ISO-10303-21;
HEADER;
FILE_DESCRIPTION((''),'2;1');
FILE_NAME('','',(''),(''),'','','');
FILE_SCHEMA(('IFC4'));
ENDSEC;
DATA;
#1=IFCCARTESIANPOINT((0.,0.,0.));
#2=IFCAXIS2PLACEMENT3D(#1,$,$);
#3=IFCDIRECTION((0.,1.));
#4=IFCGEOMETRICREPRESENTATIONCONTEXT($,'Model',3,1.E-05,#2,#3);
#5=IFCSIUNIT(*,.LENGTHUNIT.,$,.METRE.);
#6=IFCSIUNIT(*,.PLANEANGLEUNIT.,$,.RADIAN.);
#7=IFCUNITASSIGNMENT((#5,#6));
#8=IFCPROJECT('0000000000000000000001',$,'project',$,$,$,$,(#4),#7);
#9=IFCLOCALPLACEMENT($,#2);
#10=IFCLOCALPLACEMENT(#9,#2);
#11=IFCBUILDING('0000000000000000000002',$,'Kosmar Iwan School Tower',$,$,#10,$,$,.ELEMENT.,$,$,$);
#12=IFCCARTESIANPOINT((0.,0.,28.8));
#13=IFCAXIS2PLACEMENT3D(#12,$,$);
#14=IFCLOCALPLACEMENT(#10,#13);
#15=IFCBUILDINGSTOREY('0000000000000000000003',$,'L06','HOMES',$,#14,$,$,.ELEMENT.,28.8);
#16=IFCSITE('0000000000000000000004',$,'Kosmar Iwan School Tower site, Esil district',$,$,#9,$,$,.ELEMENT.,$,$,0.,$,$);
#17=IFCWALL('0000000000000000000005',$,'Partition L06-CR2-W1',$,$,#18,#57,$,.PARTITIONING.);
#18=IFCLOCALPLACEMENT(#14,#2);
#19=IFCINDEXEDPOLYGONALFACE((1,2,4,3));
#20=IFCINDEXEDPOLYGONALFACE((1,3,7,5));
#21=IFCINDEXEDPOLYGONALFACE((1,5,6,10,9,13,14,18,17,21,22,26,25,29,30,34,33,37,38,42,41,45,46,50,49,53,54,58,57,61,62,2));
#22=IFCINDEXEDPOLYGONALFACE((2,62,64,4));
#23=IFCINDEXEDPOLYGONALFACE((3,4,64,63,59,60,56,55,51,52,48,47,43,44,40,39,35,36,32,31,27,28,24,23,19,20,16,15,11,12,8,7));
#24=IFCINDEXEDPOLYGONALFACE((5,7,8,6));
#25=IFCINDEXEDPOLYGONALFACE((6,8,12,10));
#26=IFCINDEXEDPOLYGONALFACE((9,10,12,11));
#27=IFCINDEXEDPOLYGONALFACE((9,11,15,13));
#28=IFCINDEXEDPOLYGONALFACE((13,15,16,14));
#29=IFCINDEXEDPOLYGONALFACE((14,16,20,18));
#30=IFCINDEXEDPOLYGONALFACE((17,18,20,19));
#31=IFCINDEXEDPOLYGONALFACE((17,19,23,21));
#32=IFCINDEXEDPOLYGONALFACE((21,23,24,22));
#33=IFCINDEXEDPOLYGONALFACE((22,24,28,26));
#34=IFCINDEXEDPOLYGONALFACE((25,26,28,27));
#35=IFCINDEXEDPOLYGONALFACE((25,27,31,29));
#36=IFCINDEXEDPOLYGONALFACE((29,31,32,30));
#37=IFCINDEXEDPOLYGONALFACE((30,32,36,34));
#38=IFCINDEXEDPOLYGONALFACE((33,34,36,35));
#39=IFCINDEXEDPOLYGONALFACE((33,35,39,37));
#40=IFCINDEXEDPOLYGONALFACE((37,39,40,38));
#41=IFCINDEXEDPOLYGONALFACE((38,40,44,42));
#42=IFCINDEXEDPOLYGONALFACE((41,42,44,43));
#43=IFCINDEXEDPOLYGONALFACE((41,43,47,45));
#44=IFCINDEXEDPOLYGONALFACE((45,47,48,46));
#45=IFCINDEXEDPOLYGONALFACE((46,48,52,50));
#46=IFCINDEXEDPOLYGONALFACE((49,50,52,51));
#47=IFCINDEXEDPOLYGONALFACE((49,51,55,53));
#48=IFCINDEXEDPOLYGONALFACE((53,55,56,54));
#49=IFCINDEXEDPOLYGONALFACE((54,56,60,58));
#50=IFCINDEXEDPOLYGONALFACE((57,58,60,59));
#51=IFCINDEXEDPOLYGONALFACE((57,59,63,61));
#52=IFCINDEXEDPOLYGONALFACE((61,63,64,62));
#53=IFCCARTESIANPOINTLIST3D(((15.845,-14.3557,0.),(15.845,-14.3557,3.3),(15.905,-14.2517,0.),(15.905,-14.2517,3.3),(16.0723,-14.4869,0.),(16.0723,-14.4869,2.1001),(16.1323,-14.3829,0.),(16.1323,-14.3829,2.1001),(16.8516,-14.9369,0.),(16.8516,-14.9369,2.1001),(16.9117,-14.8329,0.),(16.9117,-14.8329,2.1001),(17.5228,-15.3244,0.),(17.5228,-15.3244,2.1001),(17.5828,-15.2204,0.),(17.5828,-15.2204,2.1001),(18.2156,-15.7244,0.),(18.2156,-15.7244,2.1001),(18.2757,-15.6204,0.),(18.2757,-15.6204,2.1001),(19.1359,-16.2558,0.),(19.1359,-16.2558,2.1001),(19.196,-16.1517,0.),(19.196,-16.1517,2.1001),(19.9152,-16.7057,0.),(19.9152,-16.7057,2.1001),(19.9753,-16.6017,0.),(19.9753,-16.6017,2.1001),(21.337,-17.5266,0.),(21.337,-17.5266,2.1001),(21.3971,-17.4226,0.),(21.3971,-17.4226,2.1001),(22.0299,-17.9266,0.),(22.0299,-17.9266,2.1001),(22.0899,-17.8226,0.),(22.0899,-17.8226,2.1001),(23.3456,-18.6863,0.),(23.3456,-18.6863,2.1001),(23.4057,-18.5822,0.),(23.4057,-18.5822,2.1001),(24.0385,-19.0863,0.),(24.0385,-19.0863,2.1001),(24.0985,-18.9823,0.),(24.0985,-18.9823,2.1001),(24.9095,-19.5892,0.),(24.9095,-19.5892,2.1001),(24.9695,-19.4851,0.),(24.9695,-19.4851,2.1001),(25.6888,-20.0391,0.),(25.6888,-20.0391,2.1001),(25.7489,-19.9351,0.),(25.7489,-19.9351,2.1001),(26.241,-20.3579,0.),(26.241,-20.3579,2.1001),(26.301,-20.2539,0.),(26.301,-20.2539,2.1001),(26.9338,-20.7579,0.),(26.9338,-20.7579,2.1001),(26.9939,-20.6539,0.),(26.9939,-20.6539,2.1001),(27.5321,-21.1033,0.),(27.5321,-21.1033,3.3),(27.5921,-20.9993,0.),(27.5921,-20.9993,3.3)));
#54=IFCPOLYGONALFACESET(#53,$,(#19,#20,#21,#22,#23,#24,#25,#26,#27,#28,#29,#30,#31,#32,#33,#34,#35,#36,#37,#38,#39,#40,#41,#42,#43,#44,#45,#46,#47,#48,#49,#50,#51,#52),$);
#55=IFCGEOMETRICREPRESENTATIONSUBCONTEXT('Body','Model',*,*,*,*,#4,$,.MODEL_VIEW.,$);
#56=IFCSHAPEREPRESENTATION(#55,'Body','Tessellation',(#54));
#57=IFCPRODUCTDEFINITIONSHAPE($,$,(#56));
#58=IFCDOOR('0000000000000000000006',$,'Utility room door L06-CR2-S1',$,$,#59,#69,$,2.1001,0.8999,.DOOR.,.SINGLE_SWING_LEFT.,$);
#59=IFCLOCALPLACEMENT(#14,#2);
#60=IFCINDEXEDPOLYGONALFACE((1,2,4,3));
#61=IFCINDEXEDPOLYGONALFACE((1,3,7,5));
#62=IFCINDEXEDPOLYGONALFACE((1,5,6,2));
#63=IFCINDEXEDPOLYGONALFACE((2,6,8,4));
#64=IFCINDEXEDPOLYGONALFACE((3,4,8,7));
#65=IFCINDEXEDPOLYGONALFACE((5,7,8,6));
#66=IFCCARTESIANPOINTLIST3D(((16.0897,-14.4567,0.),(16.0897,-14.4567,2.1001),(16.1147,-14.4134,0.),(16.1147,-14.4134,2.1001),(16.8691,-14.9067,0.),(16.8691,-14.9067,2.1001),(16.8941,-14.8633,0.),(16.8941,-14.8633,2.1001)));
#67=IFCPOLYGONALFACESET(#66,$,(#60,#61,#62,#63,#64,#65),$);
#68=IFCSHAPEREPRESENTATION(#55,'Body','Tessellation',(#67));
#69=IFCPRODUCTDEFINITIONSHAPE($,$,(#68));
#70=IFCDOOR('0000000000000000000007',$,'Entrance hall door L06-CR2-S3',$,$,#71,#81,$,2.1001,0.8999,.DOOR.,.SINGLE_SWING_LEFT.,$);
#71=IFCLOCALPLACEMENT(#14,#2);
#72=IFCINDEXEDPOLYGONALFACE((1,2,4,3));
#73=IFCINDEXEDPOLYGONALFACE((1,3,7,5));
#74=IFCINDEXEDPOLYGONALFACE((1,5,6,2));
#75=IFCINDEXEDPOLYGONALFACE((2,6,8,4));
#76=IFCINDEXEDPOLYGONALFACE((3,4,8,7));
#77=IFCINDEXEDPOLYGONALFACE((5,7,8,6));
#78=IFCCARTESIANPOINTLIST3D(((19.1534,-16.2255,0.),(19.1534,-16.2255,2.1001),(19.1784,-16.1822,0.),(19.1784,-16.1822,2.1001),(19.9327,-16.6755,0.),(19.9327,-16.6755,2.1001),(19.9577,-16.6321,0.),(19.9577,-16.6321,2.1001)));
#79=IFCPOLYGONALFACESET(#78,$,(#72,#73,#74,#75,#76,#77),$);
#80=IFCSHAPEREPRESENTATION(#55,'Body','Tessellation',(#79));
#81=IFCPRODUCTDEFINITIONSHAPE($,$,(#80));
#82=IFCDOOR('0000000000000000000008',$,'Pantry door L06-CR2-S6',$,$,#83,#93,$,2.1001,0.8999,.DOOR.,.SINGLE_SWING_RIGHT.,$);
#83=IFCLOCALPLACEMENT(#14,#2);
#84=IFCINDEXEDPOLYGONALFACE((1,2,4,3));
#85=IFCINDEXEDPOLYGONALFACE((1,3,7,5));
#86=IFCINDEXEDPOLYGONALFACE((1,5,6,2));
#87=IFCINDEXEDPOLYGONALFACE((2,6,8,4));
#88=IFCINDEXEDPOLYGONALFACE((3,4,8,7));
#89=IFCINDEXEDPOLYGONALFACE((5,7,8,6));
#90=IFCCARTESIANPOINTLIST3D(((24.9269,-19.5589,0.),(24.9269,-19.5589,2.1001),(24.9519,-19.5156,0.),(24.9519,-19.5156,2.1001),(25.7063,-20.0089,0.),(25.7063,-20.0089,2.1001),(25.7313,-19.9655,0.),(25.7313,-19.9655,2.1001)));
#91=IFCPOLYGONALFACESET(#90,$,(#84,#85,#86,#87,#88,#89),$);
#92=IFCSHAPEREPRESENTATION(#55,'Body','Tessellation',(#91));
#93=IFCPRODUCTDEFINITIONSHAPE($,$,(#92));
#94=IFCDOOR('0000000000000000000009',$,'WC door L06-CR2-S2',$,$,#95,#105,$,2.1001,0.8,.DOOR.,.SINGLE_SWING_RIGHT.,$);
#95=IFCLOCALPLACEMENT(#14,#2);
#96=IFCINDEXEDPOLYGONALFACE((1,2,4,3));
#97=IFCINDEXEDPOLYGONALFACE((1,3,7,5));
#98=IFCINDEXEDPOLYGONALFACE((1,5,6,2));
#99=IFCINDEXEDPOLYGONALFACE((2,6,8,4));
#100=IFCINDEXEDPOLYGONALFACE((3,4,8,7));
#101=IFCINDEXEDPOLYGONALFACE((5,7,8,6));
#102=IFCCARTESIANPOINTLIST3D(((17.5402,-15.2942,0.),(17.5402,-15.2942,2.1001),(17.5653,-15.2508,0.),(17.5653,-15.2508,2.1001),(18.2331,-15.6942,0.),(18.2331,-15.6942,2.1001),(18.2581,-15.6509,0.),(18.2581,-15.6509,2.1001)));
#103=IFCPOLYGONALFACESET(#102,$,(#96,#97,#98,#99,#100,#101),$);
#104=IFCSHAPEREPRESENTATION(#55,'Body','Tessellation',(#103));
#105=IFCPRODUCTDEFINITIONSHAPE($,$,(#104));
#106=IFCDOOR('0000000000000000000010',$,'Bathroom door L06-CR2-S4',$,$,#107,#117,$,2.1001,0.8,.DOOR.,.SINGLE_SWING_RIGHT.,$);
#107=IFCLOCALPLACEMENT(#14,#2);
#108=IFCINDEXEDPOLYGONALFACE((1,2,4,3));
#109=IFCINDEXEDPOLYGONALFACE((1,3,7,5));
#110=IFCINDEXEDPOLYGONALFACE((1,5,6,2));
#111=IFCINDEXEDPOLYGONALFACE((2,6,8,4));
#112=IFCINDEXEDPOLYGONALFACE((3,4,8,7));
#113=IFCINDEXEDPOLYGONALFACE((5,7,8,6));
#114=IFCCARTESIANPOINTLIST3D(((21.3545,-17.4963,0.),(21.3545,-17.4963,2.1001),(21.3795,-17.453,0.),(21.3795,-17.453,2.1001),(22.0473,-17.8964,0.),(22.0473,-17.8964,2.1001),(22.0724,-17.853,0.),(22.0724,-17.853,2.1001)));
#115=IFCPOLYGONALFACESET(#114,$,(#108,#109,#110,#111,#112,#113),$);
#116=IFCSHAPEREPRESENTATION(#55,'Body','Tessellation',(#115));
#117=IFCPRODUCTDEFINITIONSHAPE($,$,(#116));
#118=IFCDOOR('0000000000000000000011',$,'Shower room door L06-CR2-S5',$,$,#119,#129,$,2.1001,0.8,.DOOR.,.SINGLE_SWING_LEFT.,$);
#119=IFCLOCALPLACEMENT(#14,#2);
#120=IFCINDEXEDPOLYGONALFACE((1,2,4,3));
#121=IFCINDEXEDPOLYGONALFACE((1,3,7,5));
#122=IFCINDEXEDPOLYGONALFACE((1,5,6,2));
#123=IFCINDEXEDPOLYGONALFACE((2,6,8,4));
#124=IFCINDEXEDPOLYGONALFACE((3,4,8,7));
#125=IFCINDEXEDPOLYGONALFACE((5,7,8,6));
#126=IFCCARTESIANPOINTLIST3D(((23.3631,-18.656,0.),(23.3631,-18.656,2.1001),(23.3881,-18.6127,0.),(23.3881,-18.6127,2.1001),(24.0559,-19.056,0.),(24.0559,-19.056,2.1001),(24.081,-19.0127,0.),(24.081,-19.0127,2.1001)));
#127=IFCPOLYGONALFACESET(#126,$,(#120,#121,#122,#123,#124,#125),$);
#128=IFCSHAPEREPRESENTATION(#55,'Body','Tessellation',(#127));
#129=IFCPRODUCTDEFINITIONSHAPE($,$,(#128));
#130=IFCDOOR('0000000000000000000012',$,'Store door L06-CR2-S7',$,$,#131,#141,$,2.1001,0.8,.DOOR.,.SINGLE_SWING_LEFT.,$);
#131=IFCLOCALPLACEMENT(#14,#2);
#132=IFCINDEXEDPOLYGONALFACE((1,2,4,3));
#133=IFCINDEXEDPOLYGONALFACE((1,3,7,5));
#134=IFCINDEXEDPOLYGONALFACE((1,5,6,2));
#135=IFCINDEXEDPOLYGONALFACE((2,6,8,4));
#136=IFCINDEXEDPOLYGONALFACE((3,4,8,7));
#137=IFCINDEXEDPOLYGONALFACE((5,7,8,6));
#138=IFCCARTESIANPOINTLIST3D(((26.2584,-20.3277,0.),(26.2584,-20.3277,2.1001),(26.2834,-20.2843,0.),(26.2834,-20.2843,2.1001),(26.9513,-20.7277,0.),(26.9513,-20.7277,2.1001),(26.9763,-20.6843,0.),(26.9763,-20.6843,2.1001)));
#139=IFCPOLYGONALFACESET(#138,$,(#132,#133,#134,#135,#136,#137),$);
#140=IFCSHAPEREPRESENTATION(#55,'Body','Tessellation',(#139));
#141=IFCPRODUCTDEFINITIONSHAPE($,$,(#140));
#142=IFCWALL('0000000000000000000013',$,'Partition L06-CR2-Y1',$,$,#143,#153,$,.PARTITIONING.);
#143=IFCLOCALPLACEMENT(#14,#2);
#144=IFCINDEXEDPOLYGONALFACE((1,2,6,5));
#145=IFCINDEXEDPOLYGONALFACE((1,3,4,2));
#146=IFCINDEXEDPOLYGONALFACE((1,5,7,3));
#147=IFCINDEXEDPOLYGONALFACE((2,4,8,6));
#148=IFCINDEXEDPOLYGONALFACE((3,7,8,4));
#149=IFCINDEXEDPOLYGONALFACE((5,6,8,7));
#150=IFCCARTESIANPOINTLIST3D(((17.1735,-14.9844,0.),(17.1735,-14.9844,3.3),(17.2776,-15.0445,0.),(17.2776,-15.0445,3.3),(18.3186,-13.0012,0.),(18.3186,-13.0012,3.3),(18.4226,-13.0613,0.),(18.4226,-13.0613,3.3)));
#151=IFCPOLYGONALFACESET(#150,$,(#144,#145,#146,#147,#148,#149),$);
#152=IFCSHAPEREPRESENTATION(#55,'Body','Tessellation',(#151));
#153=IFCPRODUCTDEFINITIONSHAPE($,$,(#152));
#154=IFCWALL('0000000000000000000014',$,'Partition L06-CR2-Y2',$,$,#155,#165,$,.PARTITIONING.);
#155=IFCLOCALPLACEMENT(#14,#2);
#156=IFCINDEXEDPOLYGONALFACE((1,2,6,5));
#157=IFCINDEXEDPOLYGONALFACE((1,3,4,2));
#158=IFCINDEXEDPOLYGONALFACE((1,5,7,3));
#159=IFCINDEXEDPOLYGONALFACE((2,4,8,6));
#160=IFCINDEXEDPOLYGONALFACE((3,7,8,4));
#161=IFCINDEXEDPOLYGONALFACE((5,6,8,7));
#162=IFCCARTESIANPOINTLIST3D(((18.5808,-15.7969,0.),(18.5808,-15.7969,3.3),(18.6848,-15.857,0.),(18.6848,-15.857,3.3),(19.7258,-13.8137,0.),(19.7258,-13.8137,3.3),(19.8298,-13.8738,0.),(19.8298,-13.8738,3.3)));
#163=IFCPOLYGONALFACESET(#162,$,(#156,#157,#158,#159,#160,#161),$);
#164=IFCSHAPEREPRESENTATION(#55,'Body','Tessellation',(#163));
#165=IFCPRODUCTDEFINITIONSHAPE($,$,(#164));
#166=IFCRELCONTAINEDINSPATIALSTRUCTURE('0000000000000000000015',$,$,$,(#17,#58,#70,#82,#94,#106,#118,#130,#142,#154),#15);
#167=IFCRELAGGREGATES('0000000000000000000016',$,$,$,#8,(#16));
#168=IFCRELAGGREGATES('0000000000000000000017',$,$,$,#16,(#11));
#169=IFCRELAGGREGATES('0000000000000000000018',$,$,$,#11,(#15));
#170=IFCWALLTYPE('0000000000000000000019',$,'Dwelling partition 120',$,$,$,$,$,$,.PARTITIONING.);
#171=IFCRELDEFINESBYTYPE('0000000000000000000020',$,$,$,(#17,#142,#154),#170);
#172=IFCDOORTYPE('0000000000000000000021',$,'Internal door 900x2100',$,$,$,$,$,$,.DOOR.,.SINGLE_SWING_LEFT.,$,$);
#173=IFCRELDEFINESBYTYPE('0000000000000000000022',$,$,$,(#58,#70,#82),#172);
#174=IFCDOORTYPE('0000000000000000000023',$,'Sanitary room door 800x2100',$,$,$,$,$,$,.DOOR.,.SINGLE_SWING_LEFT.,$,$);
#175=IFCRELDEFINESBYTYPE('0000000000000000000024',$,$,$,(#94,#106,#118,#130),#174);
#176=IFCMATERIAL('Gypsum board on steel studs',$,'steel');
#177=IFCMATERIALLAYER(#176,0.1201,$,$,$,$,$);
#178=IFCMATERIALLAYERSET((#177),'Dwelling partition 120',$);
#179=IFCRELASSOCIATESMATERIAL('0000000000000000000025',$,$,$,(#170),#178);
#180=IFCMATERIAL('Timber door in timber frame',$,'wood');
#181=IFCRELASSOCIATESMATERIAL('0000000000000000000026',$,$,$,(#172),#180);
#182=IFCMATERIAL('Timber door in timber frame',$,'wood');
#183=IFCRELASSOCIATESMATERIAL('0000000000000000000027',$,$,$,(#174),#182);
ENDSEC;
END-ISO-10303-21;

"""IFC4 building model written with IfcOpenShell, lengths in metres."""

from ifc_helpers import new_model, si_unit, direction, frame, frame_2d, origin, place, context, subcontext, project, spatial, rectangle, extrude, material, layer, layer_set, type_object, element, fill, save


model = new_model("IFC4")

# Units and contexts
model_context = context("Model", 3, precision=1e-05, world=origin(), true_north=direction((0.0, 1.0)))
body_context = subcontext(model_context, "Body", "Model", "MODEL_VIEW")
ifc_project = project(units=[si_unit("LENGTHUNIT", "METRE"), si_unit("PLANEANGLEUNIT", "RADIAN")], contexts=[model_context])

# Site, building, storey
site_placement = place(None, origin())
site = spatial("IfcSite", under=ifc_project, at=site_placement, Name="Kosmar Iwan School Tower site, Esil district", CompositionType="ELEMENT", RefElevation=0.0)
building_placement = place(site_placement, origin())
building = spatial("IfcBuilding", under=site, at=building_placement, Name="Kosmar Iwan School Tower", CompositionType="ELEMENT")
storey_placement = place(building_placement, frame((0.0, 0.0, 28.8)))
storey = spatial("IfcBuildingStorey", under=building, at=storey_placement, Name="L06", Description="HOMES", CompositionType="ELEMENT", Elevation=28.8)

# Shared definitions
ifc_material_1 = material(Name="Gypsum board on steel studs", Category="steel")
ifc_layer_1 = layer(ifc_material_1, 0.1201)
ifc_layer_set_1 = layer_set([ifc_layer_1], Name="Dwelling partition 120")
wall_type_1 = type_object("IfcWallType", Name="Dwelling partition 120", PredefinedType="PARTITIONING", material=ifc_layer_set_1)

# Wall, openings, doors
wall_1_placement = place(storey_placement, frame((15.875, -14.3037, 0.0), z_axis=(0.0, 0.0, 1.0), x_axis=(0.866024, -0.500003, 0.0)))
wall_1 = element("IfcWall", 1, at=wall_1_placement, inside=storey, type_object=wall_type_1, Name="Partition L06-CR2-W1", PredefinedType="PARTITIONING", context=body_context, shape_type="SweptSolid", body=[
    extrude(rectangle(XDim=13.4951, YDim=0.1201, at=frame_2d((6.7476, 0.0))), origin(), (0.0, 0.0, 1.0), 3.3),
])
opening_1_placement = place(wall_1_placement, frame((0.2625, 0.0, 0.0)))
opening_1 = element("IfcOpeningElement", 2, at=opening_1_placement, cuts=wall_1, PredefinedType="OPENING", context=body_context, shape_type="SweptSolid", body=[
    extrude(rectangle(XDim=0.8999, YDim=2.1001, at=frame_2d((0.45, 1.05))), frame((0.0, 0.072, 0.0), z_axis=(0.0, -1.0, 0.0), x_axis=(1.0, 0.0, 0.0)), (0.0, 0.0, 1.0), 0.144),
])
opening_2_placement = place(wall_1_placement, frame((1.9375, 0.0, 0.0)))
opening_2 = element("IfcOpeningElement", 3, at=opening_2_placement, cuts=wall_1, PredefinedType="OPENING", context=body_context, shape_type="SweptSolid", body=[
    extrude(rectangle(XDim=0.8, YDim=2.1001, at=frame_2d((0.3999, 1.05))), frame((0.0, 0.072, 0.0), z_axis=(0.0, -1.0, 0.0), x_axis=(1.0, 0.0, 0.0)), (0.0, 0.0, 1.0), 0.144),
])
opening_3_placement = place(wall_1_placement, frame((3.8, 0.0, 0.0)))
opening_3 = element("IfcOpeningElement", 4, at=opening_3_placement, cuts=wall_1, PredefinedType="OPENING", context=body_context, shape_type="SweptSolid", body=[
    extrude(rectangle(XDim=0.8999, YDim=2.1001, at=frame_2d((0.45, 1.05))), frame((0.0, 0.072, 0.0), z_axis=(0.0, -1.0, 0.0), x_axis=(1.0, 0.0, 0.0)), (0.0, 0.0, 1.0), 0.144),
])
opening_4_placement = place(wall_1_placement, frame((6.3418, 0.0, 0.0)))
opening_4 = element("IfcOpeningElement", 5, at=opening_4_placement, cuts=wall_1, PredefinedType="OPENING", context=body_context, shape_type="SweptSolid", body=[
    extrude(rectangle(XDim=0.8, YDim=2.1001, at=frame_2d((0.3999, 1.05))), frame((0.0, 0.072, 0.0), z_axis=(0.0, -1.0, 0.0), x_axis=(1.0, 0.0, 0.0)), (0.0, 0.0, 1.0), 0.144),
])
opening_5_placement = place(wall_1_placement, frame((8.6611, 0.0, 0.0)))
opening_5 = element("IfcOpeningElement", 6, at=opening_5_placement, cuts=wall_1, PredefinedType="OPENING", context=body_context, shape_type="SweptSolid", body=[
    extrude(rectangle(XDim=0.8, YDim=2.1001, at=frame_2d((0.3999, 1.05))), frame((0.0, 0.072, 0.0), z_axis=(0.0, -1.0, 0.0), x_axis=(1.0, 0.0, 0.0)), (0.0, 0.0, 1.0), 0.144),
])
opening_6_placement = place(wall_1_placement, frame((10.4668, 0.0, 0.0)))
opening_6 = element("IfcOpeningElement", 7, at=opening_6_placement, cuts=wall_1, PredefinedType="OPENING", context=body_context, shape_type="SweptSolid", body=[
    extrude(rectangle(XDim=0.8999, YDim=2.1001, at=frame_2d((0.45, 1.05))), frame((0.0, 0.072, 0.0), z_axis=(0.0, -1.0, 0.0), x_axis=(1.0, 0.0, 0.0)), (0.0, 0.0, 1.0), 0.144),
])
opening_7_placement = place(wall_1_placement, frame((12.0044, 0.0, 0.0)))
opening_7 = element("IfcOpeningElement", 8, at=opening_7_placement, cuts=wall_1, PredefinedType="OPENING", context=body_context, shape_type="SweptSolid", body=[
    extrude(rectangle(XDim=0.8, YDim=2.1001, at=frame_2d((0.3999, 1.05))), frame((0.0, 0.072, 0.0), z_axis=(0.0, -1.0, 0.0), x_axis=(1.0, 0.0, 0.0)), (0.0, 0.0, 1.0), 0.144),
])
ifc_material_2 = material(Name="Timber door in timber frame", Category="wood")
door_type_1 = type_object("IfcDoorType", Name="Internal door 900x2100", OperationType="SINGLE_SWING_LEFT", PredefinedType="DOOR", material=ifc_material_2)
door_1_placement = place(opening_1_placement, origin())
door_1 = element("IfcDoor", 9, at=door_1_placement, inside=storey, type_object=door_type_1, Name="Utility room door L06-CR2-S1", OperationType="SINGLE_SWING_LEFT", OverallHeight=2.1001, OverallWidth=0.8999, PredefinedType="DOOR", context=body_context, shape_type="SweptSolid", body=[
    extrude(rectangle(XDim=0.8999, YDim=2.1001, at=frame_2d((0.45, 1.05))), frame((0.0, 0.0249, 0.0), z_axis=(0.0, -1.0, 0.0), x_axis=(1.0, 0.0, 0.0)), (0.0, 0.0, 1.0), 0.05),
])
fill(opening_1, door_1)
door_2_placement = place(opening_3_placement, origin())
door_2 = element("IfcDoor", 10, at=door_2_placement, inside=storey, type_object=door_type_1, Name="Entrance hall door L06-CR2-S3", OperationType="SINGLE_SWING_LEFT", OverallHeight=2.1001, OverallWidth=0.8999, PredefinedType="DOOR", context=body_context, shape_type="SweptSolid", body=[
    extrude(rectangle(XDim=0.8999, YDim=2.1001, at=frame_2d((0.45, 1.05))), frame((0.0, 0.0249, 0.0), z_axis=(0.0, -1.0, 0.0), x_axis=(1.0, 0.0, 0.0)), (0.0, 0.0, 1.0), 0.05),
])
fill(opening_3, door_2)
door_3_placement = place(opening_6_placement, origin())
door_3 = element("IfcDoor", 11, at=door_3_placement, inside=storey, type_object=door_type_1, Name="Pantry door L06-CR2-S6", OperationType="SINGLE_SWING_RIGHT", OverallHeight=2.1001, OverallWidth=0.8999, PredefinedType="DOOR", context=body_context, shape_type="SweptSolid", body=[
    extrude(rectangle(XDim=0.8999, YDim=2.1001, at=frame_2d((0.45, 1.05))), frame((0.0, 0.0249, 0.0), z_axis=(0.0, -1.0, 0.0), x_axis=(1.0, 0.0, 0.0)), (0.0, 0.0, 1.0), 0.05),
])
fill(opening_6, door_3)
ifc_material_3 = material(Name="Timber door in timber frame", Category="wood")
door_type_2 = type_object("IfcDoorType", Name="Sanitary room door 800x2100", OperationType="SINGLE_SWING_LEFT", PredefinedType="DOOR", material=ifc_material_3)
door_4_placement = place(opening_2_placement, origin())
door_4 = element("IfcDoor", 12, at=door_4_placement, inside=storey, type_object=door_type_2, Name="WC door L06-CR2-S2", OperationType="SINGLE_SWING_RIGHT", OverallHeight=2.1001, OverallWidth=0.8, PredefinedType="DOOR", context=body_context, shape_type="SweptSolid", body=[
    extrude(rectangle(XDim=0.8, YDim=2.1001, at=frame_2d((0.3999, 1.05))), frame((0.0, 0.0249, 0.0), z_axis=(0.0, -1.0, 0.0), x_axis=(1.0, 0.0, 0.0)), (0.0, 0.0, 1.0), 0.05),
])
fill(opening_2, door_4)
door_5_placement = place(opening_4_placement, origin())
door_5 = element("IfcDoor", 13, at=door_5_placement, inside=storey, type_object=door_type_2, Name="Bathroom door L06-CR2-S4", OperationType="SINGLE_SWING_RIGHT", OverallHeight=2.1001, OverallWidth=0.8, PredefinedType="DOOR", context=body_context, shape_type="SweptSolid", body=[
    extrude(rectangle(XDim=0.8, YDim=2.1001, at=frame_2d((0.3999, 1.05))), frame((0.0, 0.0249, 0.0), z_axis=(0.0, -1.0, 0.0), x_axis=(1.0, 0.0, 0.0)), (0.0, 0.0, 1.0), 0.05),
])
fill(opening_4, door_5)
door_6_placement = place(opening_5_placement, origin())
door_6 = element("IfcDoor", 14, at=door_6_placement, inside=storey, type_object=door_type_2, Name="Shower room door L06-CR2-S5", OperationType="SINGLE_SWING_LEFT", OverallHeight=2.1001, OverallWidth=0.8, PredefinedType="DOOR", context=body_context, shape_type="SweptSolid", body=[
    extrude(rectangle(XDim=0.8, YDim=2.1001, at=frame_2d((0.3999, 1.05))), frame((0.0, 0.0249, 0.0), z_axis=(0.0, -1.0, 0.0), x_axis=(1.0, 0.0, 0.0)), (0.0, 0.0, 1.0), 0.05),
])
fill(opening_5, door_6)
door_7_placement = place(opening_7_placement, origin())
door_7 = element("IfcDoor", 15, at=door_7_placement, inside=storey, type_object=door_type_2, Name="Store door L06-CR2-S7", OperationType="SINGLE_SWING_LEFT", OverallHeight=2.1001, OverallWidth=0.8, PredefinedType="DOOR", context=body_context, shape_type="SweptSolid", body=[
    extrude(rectangle(XDim=0.8, YDim=2.1001, at=frame_2d((0.3999, 1.05))), frame((0.0, 0.0249, 0.0), z_axis=(0.0, -1.0, 0.0), x_axis=(1.0, 0.0, 0.0)), (0.0, 0.0, 1.0), 0.05),
])
fill(opening_7, door_7)

# Walls
for number, where, z_axis, x_axis, name in (
    (16, (18.3706, -13.0312, 0.0), (0.0, 0.0, 1.0), (-0.500015, -0.866017, 0.0), "Partition L06-CR2-Y1"),
    (17, (19.7778, -13.8438, 0.0), (0.0, 0.0, 1.0), (-0.500015, -0.866017, 0.0), "Partition L06-CR2-Y2"),
):
    element("IfcWall", number, at=place(storey_placement, frame(where, z_axis=z_axis, x_axis=x_axis)), inside=storey, type_object=wall_type_1, Name=name, PredefinedType="PARTITIONING", context=body_context, shape_type="SweptSolid", body=[
        extrude(rectangle(XDim=2.29, YDim=0.1201, at=frame_2d((1.145, 0.0))), origin(), (0.0, 0.0, 1.0), 3.3),
    ])

save(model, "model.ifc")
